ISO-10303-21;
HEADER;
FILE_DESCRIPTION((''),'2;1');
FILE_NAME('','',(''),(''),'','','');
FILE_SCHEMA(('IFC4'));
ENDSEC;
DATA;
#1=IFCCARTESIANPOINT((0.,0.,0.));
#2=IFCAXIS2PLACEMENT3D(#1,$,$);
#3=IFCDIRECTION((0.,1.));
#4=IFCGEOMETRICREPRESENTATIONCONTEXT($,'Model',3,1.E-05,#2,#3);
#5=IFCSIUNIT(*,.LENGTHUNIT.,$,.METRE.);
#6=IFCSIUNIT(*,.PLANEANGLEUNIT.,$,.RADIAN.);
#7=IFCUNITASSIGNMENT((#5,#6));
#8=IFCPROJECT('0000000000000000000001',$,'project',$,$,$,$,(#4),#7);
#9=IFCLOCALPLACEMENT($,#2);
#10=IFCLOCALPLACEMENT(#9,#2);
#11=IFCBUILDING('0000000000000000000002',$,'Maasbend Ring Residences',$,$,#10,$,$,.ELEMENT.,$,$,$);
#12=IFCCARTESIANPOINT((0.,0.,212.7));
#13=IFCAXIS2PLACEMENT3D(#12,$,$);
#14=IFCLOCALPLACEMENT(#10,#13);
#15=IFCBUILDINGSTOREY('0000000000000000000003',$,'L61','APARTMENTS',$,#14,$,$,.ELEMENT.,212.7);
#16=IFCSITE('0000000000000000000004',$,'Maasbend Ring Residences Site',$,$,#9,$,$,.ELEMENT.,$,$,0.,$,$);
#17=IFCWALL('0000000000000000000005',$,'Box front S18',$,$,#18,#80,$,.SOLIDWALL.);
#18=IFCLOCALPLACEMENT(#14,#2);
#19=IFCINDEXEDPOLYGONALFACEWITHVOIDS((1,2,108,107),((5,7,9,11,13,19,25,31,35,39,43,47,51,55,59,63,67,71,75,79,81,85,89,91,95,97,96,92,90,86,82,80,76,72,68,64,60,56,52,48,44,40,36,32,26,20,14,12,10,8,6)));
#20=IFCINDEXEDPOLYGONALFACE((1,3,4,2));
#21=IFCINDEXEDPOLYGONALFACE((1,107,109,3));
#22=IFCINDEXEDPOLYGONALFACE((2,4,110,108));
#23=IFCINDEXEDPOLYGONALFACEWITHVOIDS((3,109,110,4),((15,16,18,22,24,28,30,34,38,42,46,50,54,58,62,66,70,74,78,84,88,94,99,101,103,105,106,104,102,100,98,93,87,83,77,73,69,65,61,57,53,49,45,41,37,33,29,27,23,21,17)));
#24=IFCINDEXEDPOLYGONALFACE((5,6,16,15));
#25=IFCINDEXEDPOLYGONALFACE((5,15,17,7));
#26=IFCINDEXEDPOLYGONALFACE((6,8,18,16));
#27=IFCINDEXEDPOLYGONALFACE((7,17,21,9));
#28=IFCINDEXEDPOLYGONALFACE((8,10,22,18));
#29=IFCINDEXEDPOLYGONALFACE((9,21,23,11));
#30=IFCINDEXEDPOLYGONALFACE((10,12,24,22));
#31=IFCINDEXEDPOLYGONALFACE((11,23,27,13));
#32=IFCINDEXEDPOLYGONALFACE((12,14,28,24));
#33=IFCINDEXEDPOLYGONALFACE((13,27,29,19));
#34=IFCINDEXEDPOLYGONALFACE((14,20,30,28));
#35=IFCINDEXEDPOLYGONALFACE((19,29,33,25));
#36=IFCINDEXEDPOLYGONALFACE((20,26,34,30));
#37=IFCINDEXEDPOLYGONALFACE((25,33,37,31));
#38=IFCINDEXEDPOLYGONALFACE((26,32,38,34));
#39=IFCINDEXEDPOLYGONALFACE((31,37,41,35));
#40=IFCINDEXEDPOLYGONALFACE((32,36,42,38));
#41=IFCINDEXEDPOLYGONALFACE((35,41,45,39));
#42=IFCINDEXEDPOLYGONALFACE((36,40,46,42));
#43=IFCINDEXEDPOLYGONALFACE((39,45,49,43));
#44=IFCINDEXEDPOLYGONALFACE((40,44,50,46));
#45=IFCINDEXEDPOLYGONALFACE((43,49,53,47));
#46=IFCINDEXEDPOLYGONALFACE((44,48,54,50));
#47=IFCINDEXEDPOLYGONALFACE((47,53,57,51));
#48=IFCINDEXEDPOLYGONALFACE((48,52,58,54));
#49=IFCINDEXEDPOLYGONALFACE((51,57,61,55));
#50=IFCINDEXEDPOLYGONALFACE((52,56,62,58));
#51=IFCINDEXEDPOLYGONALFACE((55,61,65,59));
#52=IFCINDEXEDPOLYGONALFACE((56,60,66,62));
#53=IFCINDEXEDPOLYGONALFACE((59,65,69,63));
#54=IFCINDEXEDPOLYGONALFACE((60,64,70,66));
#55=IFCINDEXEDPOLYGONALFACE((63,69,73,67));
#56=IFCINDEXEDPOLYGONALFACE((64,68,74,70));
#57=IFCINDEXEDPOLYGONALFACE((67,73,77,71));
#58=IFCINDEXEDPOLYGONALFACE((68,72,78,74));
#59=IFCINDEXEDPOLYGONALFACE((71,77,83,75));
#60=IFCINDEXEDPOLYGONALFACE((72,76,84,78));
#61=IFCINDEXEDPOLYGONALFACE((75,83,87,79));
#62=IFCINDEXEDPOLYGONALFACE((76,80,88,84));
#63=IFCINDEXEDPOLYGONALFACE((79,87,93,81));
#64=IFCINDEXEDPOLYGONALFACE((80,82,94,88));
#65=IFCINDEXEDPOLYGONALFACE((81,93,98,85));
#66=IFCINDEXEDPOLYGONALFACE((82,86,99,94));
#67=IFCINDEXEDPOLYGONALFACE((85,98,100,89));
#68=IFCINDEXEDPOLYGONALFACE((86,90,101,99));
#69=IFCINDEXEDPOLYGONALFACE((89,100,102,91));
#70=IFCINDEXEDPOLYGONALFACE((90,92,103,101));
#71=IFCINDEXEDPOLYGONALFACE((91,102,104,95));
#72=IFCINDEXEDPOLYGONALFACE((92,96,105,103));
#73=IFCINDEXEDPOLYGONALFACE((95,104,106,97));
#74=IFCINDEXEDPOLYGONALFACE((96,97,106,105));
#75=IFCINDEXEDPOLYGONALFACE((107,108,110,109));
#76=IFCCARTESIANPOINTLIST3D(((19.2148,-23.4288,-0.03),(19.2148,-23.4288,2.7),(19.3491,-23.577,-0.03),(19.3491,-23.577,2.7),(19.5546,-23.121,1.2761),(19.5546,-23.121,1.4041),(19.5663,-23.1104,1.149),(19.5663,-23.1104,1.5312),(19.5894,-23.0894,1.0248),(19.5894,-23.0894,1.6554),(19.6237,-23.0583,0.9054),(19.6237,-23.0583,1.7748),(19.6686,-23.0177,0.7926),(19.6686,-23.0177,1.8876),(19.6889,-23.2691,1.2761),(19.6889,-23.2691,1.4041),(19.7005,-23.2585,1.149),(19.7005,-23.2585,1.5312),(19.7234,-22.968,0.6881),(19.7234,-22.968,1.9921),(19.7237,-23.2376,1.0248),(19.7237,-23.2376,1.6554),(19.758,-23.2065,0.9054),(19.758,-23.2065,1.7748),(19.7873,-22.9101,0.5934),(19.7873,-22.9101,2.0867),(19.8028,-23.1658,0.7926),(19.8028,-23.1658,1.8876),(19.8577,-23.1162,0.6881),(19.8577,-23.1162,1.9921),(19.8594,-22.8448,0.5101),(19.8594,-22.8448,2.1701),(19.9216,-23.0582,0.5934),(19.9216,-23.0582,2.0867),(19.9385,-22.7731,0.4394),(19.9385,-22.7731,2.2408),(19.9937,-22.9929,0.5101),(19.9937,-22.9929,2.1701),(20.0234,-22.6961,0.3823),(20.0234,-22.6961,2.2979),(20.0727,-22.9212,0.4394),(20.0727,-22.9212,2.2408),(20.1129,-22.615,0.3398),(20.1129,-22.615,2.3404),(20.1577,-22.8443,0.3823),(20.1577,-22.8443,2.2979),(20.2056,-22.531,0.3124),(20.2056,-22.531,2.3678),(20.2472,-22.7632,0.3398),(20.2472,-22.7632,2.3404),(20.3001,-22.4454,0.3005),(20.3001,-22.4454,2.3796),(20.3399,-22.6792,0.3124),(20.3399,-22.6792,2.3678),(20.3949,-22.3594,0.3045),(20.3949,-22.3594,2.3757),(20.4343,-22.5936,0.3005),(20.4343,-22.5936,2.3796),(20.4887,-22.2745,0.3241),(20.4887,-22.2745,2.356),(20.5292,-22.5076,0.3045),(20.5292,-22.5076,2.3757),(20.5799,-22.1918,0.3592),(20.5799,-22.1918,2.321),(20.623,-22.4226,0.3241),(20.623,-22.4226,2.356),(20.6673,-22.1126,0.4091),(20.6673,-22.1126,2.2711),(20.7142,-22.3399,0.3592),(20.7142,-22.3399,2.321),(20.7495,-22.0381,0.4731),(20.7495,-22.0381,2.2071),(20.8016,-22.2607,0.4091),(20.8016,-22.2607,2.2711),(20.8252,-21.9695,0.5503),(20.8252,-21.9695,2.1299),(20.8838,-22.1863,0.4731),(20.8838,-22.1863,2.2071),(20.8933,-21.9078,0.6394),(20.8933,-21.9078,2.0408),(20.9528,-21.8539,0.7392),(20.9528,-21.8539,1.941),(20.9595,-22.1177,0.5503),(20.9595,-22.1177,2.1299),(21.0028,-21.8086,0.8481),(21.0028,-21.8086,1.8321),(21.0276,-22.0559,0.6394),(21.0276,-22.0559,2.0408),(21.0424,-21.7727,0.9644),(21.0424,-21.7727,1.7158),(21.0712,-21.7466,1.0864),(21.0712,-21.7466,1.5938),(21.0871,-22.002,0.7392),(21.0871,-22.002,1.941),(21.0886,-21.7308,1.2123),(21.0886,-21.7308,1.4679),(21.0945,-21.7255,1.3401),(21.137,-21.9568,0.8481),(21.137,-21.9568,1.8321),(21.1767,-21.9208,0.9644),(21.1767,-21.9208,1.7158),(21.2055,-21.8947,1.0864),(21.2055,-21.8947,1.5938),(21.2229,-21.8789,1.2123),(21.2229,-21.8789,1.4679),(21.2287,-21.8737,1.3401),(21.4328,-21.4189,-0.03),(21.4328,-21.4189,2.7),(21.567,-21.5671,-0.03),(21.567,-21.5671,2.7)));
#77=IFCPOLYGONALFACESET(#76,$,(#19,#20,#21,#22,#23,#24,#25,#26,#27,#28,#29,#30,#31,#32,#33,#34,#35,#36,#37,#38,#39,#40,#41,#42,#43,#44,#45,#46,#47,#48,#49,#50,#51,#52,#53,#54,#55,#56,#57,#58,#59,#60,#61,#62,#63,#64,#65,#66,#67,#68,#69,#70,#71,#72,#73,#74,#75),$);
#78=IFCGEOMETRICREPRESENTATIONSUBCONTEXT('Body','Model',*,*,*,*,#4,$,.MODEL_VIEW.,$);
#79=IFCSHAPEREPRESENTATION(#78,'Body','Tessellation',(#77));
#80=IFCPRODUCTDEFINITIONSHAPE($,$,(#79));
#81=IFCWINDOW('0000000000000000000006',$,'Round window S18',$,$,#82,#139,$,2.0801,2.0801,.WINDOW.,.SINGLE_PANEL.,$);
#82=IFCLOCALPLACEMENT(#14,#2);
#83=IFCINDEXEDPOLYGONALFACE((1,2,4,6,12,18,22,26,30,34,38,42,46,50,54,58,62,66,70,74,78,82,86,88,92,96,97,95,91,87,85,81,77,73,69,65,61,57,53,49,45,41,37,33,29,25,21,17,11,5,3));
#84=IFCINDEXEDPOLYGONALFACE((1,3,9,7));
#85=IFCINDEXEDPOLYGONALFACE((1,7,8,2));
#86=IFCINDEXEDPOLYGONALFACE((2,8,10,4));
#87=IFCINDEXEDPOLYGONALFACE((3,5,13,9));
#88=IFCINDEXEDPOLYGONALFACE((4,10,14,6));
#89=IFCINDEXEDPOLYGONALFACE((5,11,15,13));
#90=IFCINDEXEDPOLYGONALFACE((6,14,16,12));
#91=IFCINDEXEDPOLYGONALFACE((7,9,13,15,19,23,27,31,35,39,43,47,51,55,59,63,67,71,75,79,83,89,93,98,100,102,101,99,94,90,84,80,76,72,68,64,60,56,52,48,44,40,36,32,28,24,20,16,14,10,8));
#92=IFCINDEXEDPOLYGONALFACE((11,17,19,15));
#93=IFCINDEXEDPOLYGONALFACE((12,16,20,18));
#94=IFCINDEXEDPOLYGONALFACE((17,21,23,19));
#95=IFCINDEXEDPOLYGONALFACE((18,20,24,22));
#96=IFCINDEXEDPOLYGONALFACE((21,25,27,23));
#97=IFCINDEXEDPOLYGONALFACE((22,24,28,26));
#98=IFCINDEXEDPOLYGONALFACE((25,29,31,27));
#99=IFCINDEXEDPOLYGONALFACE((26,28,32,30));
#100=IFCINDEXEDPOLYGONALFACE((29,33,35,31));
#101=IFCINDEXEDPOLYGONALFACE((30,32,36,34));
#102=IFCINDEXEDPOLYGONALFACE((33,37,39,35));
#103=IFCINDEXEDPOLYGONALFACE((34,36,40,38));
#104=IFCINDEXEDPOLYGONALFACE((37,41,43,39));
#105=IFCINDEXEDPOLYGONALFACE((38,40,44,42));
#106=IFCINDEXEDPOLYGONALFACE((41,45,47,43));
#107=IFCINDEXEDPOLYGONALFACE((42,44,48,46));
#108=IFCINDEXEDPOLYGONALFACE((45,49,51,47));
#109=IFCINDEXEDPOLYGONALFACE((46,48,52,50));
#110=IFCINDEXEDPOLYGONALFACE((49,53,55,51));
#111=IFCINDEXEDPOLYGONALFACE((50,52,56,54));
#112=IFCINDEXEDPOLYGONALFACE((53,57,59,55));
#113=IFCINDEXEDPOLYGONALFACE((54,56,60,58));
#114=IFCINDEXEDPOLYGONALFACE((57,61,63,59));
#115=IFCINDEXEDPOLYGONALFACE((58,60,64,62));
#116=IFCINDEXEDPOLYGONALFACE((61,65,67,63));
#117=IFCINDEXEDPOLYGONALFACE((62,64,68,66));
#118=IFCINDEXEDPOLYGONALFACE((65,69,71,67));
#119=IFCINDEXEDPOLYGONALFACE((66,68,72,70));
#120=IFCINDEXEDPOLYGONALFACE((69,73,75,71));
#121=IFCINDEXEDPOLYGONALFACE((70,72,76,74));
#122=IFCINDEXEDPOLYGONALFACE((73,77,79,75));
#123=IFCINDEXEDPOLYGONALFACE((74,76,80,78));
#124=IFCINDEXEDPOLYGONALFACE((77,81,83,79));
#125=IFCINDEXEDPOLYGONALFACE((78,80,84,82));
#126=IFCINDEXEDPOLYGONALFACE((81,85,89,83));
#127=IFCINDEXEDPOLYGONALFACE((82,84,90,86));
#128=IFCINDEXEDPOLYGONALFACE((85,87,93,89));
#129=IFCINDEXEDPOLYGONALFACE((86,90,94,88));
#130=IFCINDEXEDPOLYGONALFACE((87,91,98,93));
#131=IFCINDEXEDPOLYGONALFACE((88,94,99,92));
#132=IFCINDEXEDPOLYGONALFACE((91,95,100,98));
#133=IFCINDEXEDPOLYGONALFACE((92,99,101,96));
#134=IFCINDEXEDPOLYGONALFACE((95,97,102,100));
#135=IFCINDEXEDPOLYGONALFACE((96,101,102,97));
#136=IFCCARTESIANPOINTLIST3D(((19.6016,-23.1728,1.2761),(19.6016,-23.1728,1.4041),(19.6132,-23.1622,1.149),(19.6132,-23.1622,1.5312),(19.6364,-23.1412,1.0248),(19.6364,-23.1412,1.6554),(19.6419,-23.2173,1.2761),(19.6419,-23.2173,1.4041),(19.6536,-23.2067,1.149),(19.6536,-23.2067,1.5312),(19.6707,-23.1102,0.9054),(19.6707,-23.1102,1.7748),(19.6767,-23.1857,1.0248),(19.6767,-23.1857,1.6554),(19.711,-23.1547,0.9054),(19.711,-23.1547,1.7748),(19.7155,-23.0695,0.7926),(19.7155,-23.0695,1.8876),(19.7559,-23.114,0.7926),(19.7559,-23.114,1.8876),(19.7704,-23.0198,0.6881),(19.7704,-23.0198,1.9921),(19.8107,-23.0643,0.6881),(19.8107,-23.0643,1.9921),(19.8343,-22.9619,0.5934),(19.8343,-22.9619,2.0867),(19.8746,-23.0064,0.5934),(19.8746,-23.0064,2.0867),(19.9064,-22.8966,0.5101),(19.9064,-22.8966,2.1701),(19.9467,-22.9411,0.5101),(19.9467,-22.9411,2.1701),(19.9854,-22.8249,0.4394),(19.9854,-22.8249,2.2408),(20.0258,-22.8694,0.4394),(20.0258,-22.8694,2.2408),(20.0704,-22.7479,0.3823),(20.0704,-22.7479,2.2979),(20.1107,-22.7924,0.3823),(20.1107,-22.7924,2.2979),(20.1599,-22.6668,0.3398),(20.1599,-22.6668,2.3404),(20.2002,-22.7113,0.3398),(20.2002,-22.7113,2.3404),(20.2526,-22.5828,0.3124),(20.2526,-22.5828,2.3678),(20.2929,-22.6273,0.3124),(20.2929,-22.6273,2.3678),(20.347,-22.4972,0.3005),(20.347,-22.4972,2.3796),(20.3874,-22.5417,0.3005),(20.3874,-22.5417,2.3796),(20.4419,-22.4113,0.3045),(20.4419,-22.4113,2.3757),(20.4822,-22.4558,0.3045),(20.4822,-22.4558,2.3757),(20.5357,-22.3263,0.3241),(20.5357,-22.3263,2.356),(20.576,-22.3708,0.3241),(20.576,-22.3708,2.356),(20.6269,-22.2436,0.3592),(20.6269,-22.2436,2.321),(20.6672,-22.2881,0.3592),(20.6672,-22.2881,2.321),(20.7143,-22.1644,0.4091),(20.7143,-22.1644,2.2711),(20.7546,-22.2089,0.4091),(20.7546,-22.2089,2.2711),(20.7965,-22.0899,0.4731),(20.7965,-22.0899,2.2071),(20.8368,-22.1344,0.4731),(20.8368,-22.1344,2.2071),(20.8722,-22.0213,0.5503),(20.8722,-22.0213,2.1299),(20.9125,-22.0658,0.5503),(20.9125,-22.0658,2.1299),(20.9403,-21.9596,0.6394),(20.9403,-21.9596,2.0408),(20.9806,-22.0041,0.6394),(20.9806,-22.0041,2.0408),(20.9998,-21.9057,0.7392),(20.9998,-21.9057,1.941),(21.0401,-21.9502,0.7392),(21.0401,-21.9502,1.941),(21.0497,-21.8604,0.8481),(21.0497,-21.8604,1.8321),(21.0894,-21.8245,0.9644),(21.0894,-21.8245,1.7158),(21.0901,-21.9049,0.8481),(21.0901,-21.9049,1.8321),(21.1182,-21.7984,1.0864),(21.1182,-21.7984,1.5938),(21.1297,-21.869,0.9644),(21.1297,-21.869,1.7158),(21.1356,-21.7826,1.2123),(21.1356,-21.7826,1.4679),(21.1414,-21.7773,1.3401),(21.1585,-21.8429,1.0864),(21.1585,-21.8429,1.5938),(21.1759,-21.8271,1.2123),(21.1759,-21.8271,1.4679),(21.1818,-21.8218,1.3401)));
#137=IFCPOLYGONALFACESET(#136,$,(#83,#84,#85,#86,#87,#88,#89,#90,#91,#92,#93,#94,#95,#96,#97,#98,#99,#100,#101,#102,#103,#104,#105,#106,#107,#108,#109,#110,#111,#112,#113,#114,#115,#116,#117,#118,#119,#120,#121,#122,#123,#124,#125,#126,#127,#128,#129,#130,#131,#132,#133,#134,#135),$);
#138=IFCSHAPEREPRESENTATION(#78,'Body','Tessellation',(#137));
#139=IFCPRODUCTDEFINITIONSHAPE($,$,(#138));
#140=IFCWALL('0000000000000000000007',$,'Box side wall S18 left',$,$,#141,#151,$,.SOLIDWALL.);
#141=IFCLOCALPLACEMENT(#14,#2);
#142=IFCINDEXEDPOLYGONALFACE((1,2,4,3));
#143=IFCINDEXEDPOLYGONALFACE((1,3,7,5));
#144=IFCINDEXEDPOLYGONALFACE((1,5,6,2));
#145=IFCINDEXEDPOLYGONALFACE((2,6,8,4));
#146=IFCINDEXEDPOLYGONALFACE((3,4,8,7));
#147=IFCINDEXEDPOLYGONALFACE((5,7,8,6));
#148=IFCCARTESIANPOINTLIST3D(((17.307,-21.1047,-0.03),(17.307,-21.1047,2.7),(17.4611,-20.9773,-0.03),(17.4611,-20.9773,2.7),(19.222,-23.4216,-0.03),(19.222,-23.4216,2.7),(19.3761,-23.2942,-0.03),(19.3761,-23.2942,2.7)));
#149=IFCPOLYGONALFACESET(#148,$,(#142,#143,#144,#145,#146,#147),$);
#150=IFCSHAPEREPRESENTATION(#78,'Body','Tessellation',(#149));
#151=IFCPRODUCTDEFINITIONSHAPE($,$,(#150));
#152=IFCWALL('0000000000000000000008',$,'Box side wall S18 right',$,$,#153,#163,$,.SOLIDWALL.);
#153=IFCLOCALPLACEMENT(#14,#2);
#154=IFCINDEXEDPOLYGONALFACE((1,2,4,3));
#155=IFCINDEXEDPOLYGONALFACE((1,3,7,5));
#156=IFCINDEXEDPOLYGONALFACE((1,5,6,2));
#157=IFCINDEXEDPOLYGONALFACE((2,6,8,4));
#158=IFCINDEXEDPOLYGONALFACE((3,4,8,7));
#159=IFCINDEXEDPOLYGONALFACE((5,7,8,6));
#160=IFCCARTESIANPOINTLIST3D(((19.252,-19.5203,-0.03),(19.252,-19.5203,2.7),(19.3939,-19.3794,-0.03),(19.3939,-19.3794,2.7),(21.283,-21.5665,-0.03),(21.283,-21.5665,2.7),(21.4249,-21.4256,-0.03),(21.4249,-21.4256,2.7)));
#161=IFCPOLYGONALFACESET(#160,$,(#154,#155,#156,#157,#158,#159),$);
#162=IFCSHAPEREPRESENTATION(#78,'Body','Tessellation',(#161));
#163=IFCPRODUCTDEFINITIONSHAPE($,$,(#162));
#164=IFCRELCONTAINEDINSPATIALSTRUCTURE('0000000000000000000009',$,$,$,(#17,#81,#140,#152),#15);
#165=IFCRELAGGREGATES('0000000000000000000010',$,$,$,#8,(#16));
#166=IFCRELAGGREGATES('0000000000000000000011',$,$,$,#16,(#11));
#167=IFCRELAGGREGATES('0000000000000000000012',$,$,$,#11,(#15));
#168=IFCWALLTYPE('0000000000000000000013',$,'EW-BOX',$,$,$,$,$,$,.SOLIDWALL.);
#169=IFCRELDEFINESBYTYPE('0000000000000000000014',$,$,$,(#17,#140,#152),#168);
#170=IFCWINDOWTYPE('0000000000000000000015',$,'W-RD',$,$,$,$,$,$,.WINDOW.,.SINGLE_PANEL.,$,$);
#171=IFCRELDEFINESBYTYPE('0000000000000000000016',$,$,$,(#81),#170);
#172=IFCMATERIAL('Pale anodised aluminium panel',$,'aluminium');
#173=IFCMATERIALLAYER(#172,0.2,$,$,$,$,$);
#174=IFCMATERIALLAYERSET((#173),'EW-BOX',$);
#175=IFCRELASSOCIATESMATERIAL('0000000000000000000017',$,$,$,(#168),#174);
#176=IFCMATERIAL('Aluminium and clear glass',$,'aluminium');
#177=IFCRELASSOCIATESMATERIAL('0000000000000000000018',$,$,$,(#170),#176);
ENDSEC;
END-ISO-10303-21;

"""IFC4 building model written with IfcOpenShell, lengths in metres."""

from ifc_helpers import new_model, si_unit, direction, frame, frame_2d, origin, place, context, subcontext, project, spatial, rectangle, circle, extrude, material, layer, layer_set, type_object, element, fill, save


model = new_model("IFC4")

# Units and contexts
model_context = context("Model", 3, precision=1e-05, world=origin(), true_north=direction((0.0, 1.0)))
body_context = subcontext(model_context, "Body", "Model", "MODEL_VIEW")
ifc_project = project(units=[si_unit("LENGTHUNIT", "METRE"), si_unit("PLANEANGLEUNIT", "RADIAN")], contexts=[model_context])

# Site, building, storey
site_placement = place(None, origin())
site = spatial("IfcSite", under=ifc_project, at=site_placement, Name="Maasbend Ring Residences Site", CompositionType="ELEMENT", RefElevation=0.0)
building_placement = place(site_placement, origin())
building = spatial("IfcBuilding", under=site, at=building_placement, Name="Maasbend Ring Residences", CompositionType="ELEMENT")
storey_placement = place(building_placement, frame((0.0, 0.0, 212.7)))
storey = spatial("IfcBuildingStorey", under=building, at=storey_placement, Name="L61", Description="APARTMENTS", CompositionType="ELEMENT", Elevation=212.7)

# Wall, opening, window
ifc_material_1 = material(Name="Pale anodised aluminium panel", Category="aluminium")
ifc_layer_1 = layer(ifc_material_1, 0.2)
ifc_layer_set_1 = layer_set([ifc_layer_1], Name="EW-BOX")
wall_type_1 = type_object("IfcWallType", Name="EW-BOX", PredefinedType="SOLIDWALL", material=ifc_layer_set_1)
wall_1_placement = place(storey_placement, frame((19.282, -23.5029, -0.03), z_axis=(0.0, 0.0, 1.0), x_axis=(0.740998, 0.671507, 0.0)))
wall_1 = element("IfcWall", 1, at=wall_1_placement, inside=storey, type_object=wall_type_1, Name="Box front S18", PredefinedType="SOLIDWALL", context=body_context, shape_type="SweptSolid", body=[
    extrude(rectangle(XDim=2.9932, YDim=0.2, at=frame_2d((1.4966, 0.0))), origin(), (0.0, 0.0, 1.0), 2.73),
])
opening_1_placement = place(wall_1_placement, frame((0.4565, 0.0, 0.3301)))
opening_1 = element("IfcOpeningElement", 2, at=opening_1_placement, cuts=wall_1, PredefinedType="OPENING", context=body_context, shape_type="SweptSolid", body=[
    extrude(circle(Radius=1.04, at=frame_2d((1.04, 1.04))), frame((0.0, 0.1099, 0.0), z_axis=(0.0, -1.0, 0.0), x_axis=(1.0, 0.0, 0.0)), (0.0, 0.0, 1.0), 0.22),
])
ifc_material_2 = material(Name="Aluminium and clear glass", Category="aluminium")
window_type_1 = type_object("IfcWindowType", Name="W-RD", PartitioningType="SINGLE_PANEL", PredefinedType="WINDOW", material=ifc_material_2)
window_1_placement = place(opening_1_placement, origin())
window_1 = element("IfcWindow", 3, at=window_1_placement, inside=storey, type_object=window_type_1, Name="Round window S18", OverallHeight=2.0801, OverallWidth=2.0801, PartitioningType="SINGLE_PANEL", PredefinedType="WINDOW", context=body_context, shape_type="SweptSolid", body=[
    extrude(circle(Radius=1.04, at=frame_2d((1.04, 1.04))), frame((0.0, 0.03, 0.0), z_axis=(0.0, -1.0, 0.0), x_axis=(1.0, 0.0, 0.0)), (0.0, 0.0, 1.0), 0.0601),
])
fill(opening_1, window_1)

# Walls
wall_2_placement = place(storey_placement, frame((17.384, -21.041, -0.03), z_axis=(0.0, 0.0, 1.0), x_axis=(0.637096, -0.770785, 0.0)))
element("IfcWall", 4, at=wall_2_placement, inside=storey, type_object=wall_type_1, Name="Box side wall S18 left", PredefinedType="SOLIDWALL", context=body_context, shape_type="SweptSolid", body=[
    extrude(rectangle(XDim=3.0059, YDim=0.2, at=frame_2d((1.5029, 0.0))), origin(), (0.0, 0.0, 1.0), 2.73),
])
wall_3_placement = place(storey_placement, frame((19.323, -19.45, -0.03), z_axis=(0.0, 0.0, 1.0), x_axis=(0.704477, -0.709727, 0.0)))
element("IfcWall", 5, at=wall_3_placement, inside=storey, type_object=wall_type_1, Name="Box side wall S18 right", PredefinedType="SOLIDWALL", context=body_context, shape_type="SweptSolid", body=[
    extrude(rectangle(XDim=2.8831, YDim=0.2, at=frame_2d((1.4414, 0.0))), origin(), (0.0, 0.0, 1.0), 2.73),
])

save(model, "model.ifc")
